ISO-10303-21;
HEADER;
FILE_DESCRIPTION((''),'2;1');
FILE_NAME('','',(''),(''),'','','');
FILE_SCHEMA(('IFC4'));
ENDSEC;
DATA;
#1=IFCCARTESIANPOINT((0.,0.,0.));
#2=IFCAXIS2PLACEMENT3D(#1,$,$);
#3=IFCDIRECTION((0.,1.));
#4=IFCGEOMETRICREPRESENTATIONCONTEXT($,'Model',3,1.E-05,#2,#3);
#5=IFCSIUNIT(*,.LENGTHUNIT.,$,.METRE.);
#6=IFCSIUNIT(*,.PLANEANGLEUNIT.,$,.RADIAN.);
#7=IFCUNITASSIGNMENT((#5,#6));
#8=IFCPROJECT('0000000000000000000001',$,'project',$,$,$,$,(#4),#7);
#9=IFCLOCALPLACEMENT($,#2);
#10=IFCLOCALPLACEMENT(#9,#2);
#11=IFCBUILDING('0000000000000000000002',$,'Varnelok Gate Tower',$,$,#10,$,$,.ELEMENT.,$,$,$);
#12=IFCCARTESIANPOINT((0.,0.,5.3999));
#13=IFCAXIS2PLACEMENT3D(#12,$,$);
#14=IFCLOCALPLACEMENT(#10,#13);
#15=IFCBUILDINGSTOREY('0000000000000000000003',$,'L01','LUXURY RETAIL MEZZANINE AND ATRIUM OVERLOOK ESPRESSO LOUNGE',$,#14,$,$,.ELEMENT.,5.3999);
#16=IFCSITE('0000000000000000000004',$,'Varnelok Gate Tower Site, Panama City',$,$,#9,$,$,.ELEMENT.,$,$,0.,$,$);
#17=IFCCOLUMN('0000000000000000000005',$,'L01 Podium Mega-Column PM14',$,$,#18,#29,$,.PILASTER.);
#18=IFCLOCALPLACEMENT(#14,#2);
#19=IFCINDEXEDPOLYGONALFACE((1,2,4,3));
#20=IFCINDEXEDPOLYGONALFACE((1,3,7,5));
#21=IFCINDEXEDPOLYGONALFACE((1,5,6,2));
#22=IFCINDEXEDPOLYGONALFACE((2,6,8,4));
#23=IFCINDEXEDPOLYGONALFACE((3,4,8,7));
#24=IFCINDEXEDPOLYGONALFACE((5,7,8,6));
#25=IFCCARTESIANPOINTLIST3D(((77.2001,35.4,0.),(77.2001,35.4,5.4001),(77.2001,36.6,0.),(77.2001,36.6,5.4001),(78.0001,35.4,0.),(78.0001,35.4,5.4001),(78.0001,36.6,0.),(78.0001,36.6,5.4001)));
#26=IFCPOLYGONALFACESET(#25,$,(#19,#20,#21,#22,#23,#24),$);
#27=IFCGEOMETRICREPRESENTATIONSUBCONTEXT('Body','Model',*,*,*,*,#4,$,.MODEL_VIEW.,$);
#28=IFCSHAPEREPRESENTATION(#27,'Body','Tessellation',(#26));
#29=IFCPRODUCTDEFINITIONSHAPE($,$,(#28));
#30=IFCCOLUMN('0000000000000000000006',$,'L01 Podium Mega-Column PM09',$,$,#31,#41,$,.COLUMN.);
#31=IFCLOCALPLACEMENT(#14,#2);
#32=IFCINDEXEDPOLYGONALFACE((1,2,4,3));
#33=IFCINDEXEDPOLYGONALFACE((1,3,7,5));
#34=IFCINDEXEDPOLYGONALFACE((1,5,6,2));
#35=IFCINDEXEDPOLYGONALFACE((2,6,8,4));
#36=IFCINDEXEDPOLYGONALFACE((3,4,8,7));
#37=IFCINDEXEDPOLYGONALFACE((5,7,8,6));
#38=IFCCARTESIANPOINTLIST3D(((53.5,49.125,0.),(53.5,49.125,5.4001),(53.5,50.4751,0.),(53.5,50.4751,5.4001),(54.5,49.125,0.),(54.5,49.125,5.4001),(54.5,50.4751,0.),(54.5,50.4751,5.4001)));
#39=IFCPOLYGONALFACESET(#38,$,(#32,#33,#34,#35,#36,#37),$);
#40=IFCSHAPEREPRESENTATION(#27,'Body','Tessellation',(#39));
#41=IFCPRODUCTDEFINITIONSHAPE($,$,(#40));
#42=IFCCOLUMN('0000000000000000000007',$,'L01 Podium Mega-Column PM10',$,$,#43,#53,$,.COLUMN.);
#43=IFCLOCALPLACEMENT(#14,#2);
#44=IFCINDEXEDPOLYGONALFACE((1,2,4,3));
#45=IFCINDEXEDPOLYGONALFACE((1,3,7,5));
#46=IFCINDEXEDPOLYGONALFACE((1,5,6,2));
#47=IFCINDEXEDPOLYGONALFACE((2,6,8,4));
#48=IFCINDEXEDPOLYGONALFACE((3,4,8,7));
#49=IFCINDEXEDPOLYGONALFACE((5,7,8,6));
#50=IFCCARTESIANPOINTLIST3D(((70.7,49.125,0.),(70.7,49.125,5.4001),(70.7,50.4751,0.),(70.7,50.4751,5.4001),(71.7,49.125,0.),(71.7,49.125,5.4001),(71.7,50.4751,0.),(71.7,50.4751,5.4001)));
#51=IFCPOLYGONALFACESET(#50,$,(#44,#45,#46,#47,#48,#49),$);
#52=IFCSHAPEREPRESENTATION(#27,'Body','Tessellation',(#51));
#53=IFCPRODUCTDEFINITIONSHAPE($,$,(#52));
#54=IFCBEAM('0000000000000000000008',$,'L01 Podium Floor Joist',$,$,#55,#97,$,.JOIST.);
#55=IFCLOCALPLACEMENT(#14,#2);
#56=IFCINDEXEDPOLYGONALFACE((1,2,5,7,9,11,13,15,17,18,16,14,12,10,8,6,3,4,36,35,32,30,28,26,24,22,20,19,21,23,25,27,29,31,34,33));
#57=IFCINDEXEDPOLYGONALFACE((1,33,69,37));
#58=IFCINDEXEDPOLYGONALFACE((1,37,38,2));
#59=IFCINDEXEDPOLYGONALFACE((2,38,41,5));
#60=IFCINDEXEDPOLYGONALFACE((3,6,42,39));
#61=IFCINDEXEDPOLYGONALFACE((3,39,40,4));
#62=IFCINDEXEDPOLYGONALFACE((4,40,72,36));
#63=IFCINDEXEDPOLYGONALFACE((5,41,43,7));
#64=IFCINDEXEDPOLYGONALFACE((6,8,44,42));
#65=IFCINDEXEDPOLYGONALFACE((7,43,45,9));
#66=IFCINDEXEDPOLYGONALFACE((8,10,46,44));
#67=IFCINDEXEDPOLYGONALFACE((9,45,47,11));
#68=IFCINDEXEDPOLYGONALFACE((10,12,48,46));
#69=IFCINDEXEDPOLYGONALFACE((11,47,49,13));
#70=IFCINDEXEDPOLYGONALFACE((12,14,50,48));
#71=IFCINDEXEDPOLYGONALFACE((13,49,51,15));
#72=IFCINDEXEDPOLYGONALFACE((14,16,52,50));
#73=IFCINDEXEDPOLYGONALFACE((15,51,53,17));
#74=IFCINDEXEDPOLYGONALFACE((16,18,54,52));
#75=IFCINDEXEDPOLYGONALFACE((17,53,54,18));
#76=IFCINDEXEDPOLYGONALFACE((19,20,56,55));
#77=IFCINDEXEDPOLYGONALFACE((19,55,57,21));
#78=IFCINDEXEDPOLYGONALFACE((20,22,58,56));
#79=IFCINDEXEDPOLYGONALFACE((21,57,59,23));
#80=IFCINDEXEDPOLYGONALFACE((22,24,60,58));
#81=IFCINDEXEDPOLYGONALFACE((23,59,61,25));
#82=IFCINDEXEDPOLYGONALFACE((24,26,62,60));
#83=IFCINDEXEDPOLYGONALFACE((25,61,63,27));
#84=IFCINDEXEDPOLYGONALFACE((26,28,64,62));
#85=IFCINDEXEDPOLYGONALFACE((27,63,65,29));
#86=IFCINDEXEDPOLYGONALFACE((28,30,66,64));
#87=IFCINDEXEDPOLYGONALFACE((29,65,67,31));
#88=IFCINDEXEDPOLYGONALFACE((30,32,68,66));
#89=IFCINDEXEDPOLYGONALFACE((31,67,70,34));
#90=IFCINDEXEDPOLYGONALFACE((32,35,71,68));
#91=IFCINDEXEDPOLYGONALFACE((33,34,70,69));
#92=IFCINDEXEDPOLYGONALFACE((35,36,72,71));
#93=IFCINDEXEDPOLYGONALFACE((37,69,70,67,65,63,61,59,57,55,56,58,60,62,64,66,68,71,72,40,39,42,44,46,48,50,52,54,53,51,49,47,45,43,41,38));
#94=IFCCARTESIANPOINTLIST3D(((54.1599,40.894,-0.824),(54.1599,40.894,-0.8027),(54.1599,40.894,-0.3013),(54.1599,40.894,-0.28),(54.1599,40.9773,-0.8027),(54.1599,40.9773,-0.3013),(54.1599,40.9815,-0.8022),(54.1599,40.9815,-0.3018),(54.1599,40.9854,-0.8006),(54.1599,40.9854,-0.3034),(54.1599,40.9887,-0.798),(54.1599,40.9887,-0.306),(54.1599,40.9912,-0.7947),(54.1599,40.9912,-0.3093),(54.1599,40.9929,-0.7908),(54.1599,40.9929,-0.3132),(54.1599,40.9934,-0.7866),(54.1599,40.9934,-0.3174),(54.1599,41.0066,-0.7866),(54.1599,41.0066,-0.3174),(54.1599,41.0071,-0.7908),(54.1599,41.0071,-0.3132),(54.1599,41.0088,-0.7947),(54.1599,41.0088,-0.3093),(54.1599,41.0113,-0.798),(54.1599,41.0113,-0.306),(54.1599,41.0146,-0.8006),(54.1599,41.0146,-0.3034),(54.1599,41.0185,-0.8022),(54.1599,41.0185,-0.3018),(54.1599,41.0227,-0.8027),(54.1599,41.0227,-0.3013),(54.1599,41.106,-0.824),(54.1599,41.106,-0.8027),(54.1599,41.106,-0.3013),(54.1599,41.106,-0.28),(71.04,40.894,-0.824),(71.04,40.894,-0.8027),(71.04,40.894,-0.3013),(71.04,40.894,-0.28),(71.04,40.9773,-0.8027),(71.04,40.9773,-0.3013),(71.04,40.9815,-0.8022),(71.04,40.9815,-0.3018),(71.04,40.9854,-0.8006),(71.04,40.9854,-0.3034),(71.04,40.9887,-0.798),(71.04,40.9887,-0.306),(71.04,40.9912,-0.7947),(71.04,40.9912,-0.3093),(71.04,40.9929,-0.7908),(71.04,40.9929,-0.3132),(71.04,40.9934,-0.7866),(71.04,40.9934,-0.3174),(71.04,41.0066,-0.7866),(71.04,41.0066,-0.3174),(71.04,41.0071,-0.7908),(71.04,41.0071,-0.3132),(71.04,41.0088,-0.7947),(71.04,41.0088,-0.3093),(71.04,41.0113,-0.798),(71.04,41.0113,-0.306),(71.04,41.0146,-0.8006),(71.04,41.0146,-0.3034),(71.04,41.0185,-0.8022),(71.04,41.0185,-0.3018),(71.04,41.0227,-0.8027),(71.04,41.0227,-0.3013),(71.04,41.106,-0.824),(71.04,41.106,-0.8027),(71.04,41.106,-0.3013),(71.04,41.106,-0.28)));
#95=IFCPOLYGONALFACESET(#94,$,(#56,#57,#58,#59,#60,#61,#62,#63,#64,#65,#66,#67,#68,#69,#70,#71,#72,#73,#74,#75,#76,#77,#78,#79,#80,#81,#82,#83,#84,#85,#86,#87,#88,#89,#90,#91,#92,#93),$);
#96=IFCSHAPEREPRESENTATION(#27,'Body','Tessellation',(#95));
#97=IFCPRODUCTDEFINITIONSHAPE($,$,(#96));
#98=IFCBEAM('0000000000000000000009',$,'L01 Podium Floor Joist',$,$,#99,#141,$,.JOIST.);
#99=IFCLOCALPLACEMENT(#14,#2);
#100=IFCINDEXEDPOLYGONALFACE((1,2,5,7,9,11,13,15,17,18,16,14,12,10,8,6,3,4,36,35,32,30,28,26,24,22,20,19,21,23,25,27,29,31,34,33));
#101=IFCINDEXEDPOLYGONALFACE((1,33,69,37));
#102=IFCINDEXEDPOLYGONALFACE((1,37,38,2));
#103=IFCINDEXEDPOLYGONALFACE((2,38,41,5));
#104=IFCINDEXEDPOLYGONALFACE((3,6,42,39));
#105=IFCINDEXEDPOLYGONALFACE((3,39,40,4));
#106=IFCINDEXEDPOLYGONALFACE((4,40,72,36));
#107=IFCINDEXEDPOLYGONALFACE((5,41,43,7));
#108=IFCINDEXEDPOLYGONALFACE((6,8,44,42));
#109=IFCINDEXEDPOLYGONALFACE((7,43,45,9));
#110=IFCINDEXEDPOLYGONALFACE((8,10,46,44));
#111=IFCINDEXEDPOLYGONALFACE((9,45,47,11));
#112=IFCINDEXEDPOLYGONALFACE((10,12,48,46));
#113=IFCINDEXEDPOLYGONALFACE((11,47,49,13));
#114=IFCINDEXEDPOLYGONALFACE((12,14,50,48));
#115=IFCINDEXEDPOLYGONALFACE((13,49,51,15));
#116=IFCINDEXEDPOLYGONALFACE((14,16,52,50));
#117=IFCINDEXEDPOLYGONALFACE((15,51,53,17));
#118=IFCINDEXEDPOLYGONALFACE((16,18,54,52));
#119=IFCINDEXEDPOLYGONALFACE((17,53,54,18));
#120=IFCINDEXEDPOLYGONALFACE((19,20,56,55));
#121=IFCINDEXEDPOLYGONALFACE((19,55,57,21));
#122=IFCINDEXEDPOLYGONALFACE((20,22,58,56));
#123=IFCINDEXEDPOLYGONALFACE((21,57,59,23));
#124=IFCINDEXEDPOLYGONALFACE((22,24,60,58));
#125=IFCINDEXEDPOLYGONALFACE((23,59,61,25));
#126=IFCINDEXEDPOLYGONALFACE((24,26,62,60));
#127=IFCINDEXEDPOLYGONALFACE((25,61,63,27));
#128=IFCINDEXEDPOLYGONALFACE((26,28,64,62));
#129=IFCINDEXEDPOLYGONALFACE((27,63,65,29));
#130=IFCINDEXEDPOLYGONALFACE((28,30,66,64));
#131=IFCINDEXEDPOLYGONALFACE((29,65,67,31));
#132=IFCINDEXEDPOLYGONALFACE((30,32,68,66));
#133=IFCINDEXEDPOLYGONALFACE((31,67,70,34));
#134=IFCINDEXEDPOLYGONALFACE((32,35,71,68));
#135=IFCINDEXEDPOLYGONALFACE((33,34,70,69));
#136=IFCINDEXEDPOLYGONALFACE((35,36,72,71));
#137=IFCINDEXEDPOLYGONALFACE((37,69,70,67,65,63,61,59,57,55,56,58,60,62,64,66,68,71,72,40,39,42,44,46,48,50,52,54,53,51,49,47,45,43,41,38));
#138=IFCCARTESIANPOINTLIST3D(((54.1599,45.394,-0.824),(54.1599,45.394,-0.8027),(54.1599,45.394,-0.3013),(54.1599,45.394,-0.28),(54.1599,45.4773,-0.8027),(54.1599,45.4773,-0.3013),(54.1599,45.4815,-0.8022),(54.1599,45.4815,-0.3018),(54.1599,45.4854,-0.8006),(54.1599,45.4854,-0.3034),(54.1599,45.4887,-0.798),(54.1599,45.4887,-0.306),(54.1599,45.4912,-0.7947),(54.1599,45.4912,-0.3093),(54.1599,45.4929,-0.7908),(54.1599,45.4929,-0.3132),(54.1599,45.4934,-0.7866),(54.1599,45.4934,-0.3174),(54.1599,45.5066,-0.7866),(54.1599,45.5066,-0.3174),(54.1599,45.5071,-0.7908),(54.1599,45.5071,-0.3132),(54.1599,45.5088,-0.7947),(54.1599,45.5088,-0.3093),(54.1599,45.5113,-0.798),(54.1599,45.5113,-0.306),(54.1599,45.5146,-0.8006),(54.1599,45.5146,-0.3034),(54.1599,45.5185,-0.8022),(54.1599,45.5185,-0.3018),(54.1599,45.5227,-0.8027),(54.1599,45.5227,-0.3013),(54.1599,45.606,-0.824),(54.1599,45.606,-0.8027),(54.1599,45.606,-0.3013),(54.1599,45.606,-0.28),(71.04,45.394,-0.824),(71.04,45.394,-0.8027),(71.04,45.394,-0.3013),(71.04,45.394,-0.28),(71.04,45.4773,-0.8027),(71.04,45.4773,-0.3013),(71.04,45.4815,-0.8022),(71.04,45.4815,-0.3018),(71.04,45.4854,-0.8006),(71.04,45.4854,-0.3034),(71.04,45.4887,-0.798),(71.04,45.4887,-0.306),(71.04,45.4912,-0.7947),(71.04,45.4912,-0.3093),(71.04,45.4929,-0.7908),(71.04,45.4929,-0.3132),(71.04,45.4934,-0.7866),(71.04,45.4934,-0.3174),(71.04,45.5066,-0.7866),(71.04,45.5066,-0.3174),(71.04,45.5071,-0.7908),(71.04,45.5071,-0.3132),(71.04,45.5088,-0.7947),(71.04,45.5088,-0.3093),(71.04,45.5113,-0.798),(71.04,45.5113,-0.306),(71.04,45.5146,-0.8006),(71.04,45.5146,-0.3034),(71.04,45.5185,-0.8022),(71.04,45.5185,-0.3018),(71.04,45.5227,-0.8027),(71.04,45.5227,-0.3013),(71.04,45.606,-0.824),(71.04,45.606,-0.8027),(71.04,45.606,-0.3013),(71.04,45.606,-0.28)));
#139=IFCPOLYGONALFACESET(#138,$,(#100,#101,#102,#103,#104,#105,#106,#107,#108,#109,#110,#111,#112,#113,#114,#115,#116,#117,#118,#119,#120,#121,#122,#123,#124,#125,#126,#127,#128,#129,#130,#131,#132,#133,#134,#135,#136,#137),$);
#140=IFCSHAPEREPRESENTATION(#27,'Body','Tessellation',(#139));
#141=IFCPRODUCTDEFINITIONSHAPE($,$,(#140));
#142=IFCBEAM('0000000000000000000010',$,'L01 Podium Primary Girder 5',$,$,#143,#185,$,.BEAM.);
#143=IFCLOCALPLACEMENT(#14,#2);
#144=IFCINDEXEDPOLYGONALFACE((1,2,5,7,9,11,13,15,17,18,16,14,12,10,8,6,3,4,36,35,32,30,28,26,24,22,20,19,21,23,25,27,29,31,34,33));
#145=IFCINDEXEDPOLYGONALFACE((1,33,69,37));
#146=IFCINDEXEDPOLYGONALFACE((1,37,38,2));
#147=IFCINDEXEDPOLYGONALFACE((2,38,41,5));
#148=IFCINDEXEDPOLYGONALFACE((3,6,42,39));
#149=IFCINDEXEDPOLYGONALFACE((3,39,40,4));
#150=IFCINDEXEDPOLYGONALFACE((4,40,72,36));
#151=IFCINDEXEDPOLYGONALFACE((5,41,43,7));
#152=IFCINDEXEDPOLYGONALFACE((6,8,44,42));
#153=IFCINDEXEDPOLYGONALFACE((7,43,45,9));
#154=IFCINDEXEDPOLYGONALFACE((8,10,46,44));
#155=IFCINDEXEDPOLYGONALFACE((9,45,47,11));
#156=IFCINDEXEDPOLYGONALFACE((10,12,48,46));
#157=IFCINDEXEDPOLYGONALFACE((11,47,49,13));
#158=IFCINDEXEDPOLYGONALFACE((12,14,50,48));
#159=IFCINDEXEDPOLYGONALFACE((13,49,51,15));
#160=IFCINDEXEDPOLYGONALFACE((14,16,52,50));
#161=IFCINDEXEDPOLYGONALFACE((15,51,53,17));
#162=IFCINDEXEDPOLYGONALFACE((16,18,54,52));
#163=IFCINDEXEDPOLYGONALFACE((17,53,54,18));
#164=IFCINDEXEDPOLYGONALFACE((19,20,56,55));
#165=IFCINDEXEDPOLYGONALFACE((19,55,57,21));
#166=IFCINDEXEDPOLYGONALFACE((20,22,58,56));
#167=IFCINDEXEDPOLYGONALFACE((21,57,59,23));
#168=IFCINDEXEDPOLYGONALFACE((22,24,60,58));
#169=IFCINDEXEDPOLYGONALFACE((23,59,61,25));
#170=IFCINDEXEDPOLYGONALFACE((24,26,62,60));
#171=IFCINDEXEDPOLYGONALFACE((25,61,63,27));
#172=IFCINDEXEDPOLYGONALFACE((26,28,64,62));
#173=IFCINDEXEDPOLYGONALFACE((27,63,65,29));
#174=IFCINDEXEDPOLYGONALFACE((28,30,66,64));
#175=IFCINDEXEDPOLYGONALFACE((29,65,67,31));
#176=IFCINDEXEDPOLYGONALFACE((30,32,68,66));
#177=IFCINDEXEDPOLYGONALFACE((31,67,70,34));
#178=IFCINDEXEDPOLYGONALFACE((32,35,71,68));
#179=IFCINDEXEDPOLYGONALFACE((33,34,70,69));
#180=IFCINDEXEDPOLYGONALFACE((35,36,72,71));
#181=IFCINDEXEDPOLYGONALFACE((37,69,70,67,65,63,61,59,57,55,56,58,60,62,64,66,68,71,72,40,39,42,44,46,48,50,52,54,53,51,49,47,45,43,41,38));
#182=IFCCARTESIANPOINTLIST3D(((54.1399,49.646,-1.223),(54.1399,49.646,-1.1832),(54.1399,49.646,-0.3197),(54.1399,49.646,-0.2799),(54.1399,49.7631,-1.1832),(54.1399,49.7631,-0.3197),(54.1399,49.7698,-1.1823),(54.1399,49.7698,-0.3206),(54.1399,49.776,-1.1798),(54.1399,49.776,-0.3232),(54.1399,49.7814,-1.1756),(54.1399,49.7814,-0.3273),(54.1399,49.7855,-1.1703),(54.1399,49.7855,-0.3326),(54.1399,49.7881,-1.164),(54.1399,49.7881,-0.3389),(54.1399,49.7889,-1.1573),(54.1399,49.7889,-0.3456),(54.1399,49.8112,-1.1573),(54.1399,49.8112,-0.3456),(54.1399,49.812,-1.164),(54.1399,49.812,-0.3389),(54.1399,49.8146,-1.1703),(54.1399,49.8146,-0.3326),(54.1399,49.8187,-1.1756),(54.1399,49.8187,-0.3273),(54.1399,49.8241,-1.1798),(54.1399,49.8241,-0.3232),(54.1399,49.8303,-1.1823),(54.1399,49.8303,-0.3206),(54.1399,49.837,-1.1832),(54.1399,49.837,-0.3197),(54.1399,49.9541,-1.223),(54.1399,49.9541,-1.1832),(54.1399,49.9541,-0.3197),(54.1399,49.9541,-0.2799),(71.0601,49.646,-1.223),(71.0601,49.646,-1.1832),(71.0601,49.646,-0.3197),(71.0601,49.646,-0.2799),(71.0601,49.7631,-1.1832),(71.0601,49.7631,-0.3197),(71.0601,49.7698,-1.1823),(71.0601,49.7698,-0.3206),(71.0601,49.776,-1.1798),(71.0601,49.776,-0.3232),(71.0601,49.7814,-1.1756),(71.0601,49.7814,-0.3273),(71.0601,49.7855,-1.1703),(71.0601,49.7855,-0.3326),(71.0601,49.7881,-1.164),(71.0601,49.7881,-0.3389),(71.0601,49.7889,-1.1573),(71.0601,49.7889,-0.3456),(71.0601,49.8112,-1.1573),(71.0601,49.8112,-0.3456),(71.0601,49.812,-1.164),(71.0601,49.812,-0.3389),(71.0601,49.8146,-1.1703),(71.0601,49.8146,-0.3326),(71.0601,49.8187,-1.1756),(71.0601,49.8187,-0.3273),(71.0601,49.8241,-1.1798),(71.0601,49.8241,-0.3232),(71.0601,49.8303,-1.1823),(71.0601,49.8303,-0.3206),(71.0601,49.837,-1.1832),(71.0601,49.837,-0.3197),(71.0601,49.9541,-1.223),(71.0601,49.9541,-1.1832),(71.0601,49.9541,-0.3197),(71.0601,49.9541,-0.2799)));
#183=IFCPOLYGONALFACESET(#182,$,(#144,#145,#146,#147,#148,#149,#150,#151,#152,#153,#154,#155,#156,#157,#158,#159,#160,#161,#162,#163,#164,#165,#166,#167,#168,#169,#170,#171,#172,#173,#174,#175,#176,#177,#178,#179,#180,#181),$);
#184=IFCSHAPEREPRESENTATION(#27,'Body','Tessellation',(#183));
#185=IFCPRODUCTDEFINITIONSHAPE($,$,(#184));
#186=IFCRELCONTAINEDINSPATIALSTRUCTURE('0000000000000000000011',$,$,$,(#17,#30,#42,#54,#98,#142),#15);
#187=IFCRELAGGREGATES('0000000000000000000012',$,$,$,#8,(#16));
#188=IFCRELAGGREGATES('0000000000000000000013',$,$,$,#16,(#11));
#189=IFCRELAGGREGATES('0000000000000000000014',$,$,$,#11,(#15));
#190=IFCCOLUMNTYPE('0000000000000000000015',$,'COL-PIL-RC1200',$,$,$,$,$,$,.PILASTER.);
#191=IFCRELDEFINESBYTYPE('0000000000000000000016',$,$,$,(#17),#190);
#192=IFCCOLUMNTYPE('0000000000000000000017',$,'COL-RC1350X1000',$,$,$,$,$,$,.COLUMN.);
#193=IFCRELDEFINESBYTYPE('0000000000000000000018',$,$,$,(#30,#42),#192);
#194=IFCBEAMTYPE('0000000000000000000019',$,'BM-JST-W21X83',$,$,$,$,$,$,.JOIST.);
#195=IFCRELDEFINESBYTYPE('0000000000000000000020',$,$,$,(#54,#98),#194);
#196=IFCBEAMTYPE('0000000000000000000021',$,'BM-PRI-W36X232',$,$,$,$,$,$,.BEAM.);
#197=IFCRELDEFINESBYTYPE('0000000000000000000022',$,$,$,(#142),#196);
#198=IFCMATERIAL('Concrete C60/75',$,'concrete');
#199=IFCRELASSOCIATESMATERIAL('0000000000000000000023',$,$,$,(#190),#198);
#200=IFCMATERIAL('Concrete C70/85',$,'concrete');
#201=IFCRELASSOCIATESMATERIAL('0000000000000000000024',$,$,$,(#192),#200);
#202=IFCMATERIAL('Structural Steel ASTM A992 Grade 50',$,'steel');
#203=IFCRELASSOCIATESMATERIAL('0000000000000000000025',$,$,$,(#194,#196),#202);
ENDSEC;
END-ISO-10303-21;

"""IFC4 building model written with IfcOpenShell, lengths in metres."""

from ifc_helpers import new_model, si_unit, direction, frame, origin, origin_2d, place, context, subcontext, project, spatial, rectangle, i_section, extrude, material, material_profile, profile_set, type_object, element, save


model = new_model("IFC4")

# Units and contexts
model_context = context("Model", 3, precision=1e-05, world=origin(), true_north=direction((0.0, 1.0)))
body_context = subcontext(model_context, "Body", "Model", "MODEL_VIEW")
ifc_project = project(units=[si_unit("LENGTHUNIT", "METRE"), si_unit("PLANEANGLEUNIT", "RADIAN")], contexts=[model_context])

# Site, building, storey
site_placement = place(None, origin())
site = spatial("IfcSite", under=ifc_project, at=site_placement, Name="Varnelok Gate Tower Site, Panama City", CompositionType="ELEMENT", RefElevation=0.0)
building_placement = place(site_placement, origin())
building = spatial("IfcBuilding", under=site, at=building_placement, Name="Varnelok Gate Tower", CompositionType="ELEMENT")
storey_placement = place(building_placement, frame((0.0, 0.0, 5.3999)))
storey = spatial("IfcBuildingStorey", under=building, at=storey_placement, Name="L01", Description="LUXURY RETAIL MEZZANINE AND ATRIUM OVERLOOK ESPRESSO LOUNGE", CompositionType="ELEMENT", Elevation=5.3999)

# Columns
ifc_material_1 = material(Name="Concrete C60/75", Category="concrete")
ifc_material_profile_1 = material_profile(ifc_material_1, rectangle(XDim=0.8, YDim=1.2, at=origin_2d()), Name="RC1200X800")
ifc_profile_set_1 = profile_set([ifc_material_profile_1], Name="Concrete C60/75")
column_type_1 = type_object("IfcColumnType", Name="COL-PIL-RC1200", PredefinedType="PILASTER", material=ifc_profile_set_1)
column_placement = place(storey_placement, frame((77.6001, 36.0, 0.0), z_axis=(0.0, 0.0, 1.0), x_axis=(1.0, 0.0, 0.0)))
element("IfcColumn", 1, at=column_placement, inside=storey, type_object=column_type_1, Name="L01 Podium Mega-Column PM14", PredefinedType="PILASTER", context=body_context, shape_type="SweptSolid", body=[
    extrude(rectangle(XDim=0.8, YDim=1.2, at=origin_2d()), origin(), (0.0, 0.0, 1.0), 5.4001),
])
ifc_material_2 = material(Name="Concrete C70/85", Category="concrete")
ifc_material_profile_2 = material_profile(ifc_material_2, rectangle(XDim=1.0, YDim=1.3501, at=origin_2d()), Name="RC1350X1000")
ifc_profile_set_2 = profile_set([ifc_material_profile_2], Name="Concrete C70/85")
column_type_2 = type_object("IfcColumnType", Name="COL-RC1350X1000", PredefinedType="COLUMN", material=ifc_profile_set_2)
for number, where, z_axis, x_axis, name in (
    (2, (54.0, 49.8, 0.0), (0.0, 0.0, 1.0), (1.0, 0.0, 0.0), "L01 Podium Mega-Column PM09"),
    (3, (71.2, 49.8, 0.0), (0.0, 0.0, 1.0), (1.0, 0.0, 0.0), "L01 Podium Mega-Column PM10"),
):
    element("IfcColumn", number, at=place(storey_placement, frame(where, z_axis=z_axis, x_axis=x_axis)), inside=storey, type_object=column_type_2, Name=name, PredefinedType="COLUMN", context=body_context, shape_type="SweptSolid", body=[
        extrude(rectangle(XDim=1.0, YDim=1.3501, at=origin_2d()), origin(), (0.0, 0.0, 1.0), 5.4001),
    ])

# Beams
ifc_material_3 = material(Name="Structural Steel ASTM A992 Grade 50", Category="steel")
ifc_material_profile_3 = material_profile(ifc_material_3, i_section(OverallWidth=0.2119, OverallDepth=0.5439, WebThickness=0.0132, FlangeThickness=0.0212, FilletRadius=0.0161, at=origin_2d()), Name="W21X83")
ifc_profile_set_3 = profile_set([ifc_material_profile_3], Name="Structural Steel ASTM A992 Grade 50")
beam_type_1 = type_object("IfcBeamType", Name="BM-JST-W21X83", PredefinedType="JOIST", material=ifc_profile_set_3)
for number, where, z_axis, x_axis, name in (
    (4, (54.1599, 41.0, -0.552), (1.0, 0.0, 0.0), (0.0, 1.0, 0.0), "L01 Podium Floor Joist"),
    (5, (54.1599, 45.5, -0.552), (1.0, 0.0, 0.0), (0.0, 1.0, 0.0), "L01 Podium Floor Joist"),
):
    element("IfcBeam", number, at=place(storey_placement, frame(where, z_axis=z_axis, x_axis=x_axis)), inside=storey, type_object=beam_type_1, Name=name, PredefinedType="JOIST", context=body_context, shape_type="SweptSolid", body=[
        extrude(i_section(OverallWidth=0.2119, OverallDepth=0.5439, WebThickness=0.0132, FlangeThickness=0.0212, FilletRadius=0.0161, at=origin_2d()), origin(), (0.0, 0.0, 1.0), 16.8801),
    ])
ifc_material_profile_4 = material_profile(ifc_material_3, i_section(OverallWidth=0.3081, OverallDepth=0.9431, WebThickness=0.0222, FlangeThickness=0.0398, FilletRadius=0.0259, at=origin_2d()), Name="W36X232")
ifc_profile_set_4 = profile_set([ifc_material_profile_4], Name="Structural Steel ASTM A992 Grade 50")
beam_type_2 = type_object("IfcBeamType", Name="BM-PRI-W36X232", PredefinedType="BEAM", material=ifc_profile_set_4)
beam_1_placement = place(storey_placement, frame((54.1399, 49.8, -0.7515), z_axis=(1.0, 0.0, 0.0), x_axis=(0.0, 1.0, 0.0)))
element("IfcBeam", 6, at=beam_1_placement, inside=storey, type_object=beam_type_2, Name="L01 Podium Primary Girder 5", PredefinedType="BEAM", context=body_context, shape_type="SweptSolid", body=[
    extrude(i_section(OverallWidth=0.3081, OverallDepth=0.9431, WebThickness=0.0222, FlangeThickness=0.0398, FilletRadius=0.0259, at=origin_2d()), origin(), (0.0, 0.0, 1.0), 16.9202),
])

save(model, "model.ifc")
